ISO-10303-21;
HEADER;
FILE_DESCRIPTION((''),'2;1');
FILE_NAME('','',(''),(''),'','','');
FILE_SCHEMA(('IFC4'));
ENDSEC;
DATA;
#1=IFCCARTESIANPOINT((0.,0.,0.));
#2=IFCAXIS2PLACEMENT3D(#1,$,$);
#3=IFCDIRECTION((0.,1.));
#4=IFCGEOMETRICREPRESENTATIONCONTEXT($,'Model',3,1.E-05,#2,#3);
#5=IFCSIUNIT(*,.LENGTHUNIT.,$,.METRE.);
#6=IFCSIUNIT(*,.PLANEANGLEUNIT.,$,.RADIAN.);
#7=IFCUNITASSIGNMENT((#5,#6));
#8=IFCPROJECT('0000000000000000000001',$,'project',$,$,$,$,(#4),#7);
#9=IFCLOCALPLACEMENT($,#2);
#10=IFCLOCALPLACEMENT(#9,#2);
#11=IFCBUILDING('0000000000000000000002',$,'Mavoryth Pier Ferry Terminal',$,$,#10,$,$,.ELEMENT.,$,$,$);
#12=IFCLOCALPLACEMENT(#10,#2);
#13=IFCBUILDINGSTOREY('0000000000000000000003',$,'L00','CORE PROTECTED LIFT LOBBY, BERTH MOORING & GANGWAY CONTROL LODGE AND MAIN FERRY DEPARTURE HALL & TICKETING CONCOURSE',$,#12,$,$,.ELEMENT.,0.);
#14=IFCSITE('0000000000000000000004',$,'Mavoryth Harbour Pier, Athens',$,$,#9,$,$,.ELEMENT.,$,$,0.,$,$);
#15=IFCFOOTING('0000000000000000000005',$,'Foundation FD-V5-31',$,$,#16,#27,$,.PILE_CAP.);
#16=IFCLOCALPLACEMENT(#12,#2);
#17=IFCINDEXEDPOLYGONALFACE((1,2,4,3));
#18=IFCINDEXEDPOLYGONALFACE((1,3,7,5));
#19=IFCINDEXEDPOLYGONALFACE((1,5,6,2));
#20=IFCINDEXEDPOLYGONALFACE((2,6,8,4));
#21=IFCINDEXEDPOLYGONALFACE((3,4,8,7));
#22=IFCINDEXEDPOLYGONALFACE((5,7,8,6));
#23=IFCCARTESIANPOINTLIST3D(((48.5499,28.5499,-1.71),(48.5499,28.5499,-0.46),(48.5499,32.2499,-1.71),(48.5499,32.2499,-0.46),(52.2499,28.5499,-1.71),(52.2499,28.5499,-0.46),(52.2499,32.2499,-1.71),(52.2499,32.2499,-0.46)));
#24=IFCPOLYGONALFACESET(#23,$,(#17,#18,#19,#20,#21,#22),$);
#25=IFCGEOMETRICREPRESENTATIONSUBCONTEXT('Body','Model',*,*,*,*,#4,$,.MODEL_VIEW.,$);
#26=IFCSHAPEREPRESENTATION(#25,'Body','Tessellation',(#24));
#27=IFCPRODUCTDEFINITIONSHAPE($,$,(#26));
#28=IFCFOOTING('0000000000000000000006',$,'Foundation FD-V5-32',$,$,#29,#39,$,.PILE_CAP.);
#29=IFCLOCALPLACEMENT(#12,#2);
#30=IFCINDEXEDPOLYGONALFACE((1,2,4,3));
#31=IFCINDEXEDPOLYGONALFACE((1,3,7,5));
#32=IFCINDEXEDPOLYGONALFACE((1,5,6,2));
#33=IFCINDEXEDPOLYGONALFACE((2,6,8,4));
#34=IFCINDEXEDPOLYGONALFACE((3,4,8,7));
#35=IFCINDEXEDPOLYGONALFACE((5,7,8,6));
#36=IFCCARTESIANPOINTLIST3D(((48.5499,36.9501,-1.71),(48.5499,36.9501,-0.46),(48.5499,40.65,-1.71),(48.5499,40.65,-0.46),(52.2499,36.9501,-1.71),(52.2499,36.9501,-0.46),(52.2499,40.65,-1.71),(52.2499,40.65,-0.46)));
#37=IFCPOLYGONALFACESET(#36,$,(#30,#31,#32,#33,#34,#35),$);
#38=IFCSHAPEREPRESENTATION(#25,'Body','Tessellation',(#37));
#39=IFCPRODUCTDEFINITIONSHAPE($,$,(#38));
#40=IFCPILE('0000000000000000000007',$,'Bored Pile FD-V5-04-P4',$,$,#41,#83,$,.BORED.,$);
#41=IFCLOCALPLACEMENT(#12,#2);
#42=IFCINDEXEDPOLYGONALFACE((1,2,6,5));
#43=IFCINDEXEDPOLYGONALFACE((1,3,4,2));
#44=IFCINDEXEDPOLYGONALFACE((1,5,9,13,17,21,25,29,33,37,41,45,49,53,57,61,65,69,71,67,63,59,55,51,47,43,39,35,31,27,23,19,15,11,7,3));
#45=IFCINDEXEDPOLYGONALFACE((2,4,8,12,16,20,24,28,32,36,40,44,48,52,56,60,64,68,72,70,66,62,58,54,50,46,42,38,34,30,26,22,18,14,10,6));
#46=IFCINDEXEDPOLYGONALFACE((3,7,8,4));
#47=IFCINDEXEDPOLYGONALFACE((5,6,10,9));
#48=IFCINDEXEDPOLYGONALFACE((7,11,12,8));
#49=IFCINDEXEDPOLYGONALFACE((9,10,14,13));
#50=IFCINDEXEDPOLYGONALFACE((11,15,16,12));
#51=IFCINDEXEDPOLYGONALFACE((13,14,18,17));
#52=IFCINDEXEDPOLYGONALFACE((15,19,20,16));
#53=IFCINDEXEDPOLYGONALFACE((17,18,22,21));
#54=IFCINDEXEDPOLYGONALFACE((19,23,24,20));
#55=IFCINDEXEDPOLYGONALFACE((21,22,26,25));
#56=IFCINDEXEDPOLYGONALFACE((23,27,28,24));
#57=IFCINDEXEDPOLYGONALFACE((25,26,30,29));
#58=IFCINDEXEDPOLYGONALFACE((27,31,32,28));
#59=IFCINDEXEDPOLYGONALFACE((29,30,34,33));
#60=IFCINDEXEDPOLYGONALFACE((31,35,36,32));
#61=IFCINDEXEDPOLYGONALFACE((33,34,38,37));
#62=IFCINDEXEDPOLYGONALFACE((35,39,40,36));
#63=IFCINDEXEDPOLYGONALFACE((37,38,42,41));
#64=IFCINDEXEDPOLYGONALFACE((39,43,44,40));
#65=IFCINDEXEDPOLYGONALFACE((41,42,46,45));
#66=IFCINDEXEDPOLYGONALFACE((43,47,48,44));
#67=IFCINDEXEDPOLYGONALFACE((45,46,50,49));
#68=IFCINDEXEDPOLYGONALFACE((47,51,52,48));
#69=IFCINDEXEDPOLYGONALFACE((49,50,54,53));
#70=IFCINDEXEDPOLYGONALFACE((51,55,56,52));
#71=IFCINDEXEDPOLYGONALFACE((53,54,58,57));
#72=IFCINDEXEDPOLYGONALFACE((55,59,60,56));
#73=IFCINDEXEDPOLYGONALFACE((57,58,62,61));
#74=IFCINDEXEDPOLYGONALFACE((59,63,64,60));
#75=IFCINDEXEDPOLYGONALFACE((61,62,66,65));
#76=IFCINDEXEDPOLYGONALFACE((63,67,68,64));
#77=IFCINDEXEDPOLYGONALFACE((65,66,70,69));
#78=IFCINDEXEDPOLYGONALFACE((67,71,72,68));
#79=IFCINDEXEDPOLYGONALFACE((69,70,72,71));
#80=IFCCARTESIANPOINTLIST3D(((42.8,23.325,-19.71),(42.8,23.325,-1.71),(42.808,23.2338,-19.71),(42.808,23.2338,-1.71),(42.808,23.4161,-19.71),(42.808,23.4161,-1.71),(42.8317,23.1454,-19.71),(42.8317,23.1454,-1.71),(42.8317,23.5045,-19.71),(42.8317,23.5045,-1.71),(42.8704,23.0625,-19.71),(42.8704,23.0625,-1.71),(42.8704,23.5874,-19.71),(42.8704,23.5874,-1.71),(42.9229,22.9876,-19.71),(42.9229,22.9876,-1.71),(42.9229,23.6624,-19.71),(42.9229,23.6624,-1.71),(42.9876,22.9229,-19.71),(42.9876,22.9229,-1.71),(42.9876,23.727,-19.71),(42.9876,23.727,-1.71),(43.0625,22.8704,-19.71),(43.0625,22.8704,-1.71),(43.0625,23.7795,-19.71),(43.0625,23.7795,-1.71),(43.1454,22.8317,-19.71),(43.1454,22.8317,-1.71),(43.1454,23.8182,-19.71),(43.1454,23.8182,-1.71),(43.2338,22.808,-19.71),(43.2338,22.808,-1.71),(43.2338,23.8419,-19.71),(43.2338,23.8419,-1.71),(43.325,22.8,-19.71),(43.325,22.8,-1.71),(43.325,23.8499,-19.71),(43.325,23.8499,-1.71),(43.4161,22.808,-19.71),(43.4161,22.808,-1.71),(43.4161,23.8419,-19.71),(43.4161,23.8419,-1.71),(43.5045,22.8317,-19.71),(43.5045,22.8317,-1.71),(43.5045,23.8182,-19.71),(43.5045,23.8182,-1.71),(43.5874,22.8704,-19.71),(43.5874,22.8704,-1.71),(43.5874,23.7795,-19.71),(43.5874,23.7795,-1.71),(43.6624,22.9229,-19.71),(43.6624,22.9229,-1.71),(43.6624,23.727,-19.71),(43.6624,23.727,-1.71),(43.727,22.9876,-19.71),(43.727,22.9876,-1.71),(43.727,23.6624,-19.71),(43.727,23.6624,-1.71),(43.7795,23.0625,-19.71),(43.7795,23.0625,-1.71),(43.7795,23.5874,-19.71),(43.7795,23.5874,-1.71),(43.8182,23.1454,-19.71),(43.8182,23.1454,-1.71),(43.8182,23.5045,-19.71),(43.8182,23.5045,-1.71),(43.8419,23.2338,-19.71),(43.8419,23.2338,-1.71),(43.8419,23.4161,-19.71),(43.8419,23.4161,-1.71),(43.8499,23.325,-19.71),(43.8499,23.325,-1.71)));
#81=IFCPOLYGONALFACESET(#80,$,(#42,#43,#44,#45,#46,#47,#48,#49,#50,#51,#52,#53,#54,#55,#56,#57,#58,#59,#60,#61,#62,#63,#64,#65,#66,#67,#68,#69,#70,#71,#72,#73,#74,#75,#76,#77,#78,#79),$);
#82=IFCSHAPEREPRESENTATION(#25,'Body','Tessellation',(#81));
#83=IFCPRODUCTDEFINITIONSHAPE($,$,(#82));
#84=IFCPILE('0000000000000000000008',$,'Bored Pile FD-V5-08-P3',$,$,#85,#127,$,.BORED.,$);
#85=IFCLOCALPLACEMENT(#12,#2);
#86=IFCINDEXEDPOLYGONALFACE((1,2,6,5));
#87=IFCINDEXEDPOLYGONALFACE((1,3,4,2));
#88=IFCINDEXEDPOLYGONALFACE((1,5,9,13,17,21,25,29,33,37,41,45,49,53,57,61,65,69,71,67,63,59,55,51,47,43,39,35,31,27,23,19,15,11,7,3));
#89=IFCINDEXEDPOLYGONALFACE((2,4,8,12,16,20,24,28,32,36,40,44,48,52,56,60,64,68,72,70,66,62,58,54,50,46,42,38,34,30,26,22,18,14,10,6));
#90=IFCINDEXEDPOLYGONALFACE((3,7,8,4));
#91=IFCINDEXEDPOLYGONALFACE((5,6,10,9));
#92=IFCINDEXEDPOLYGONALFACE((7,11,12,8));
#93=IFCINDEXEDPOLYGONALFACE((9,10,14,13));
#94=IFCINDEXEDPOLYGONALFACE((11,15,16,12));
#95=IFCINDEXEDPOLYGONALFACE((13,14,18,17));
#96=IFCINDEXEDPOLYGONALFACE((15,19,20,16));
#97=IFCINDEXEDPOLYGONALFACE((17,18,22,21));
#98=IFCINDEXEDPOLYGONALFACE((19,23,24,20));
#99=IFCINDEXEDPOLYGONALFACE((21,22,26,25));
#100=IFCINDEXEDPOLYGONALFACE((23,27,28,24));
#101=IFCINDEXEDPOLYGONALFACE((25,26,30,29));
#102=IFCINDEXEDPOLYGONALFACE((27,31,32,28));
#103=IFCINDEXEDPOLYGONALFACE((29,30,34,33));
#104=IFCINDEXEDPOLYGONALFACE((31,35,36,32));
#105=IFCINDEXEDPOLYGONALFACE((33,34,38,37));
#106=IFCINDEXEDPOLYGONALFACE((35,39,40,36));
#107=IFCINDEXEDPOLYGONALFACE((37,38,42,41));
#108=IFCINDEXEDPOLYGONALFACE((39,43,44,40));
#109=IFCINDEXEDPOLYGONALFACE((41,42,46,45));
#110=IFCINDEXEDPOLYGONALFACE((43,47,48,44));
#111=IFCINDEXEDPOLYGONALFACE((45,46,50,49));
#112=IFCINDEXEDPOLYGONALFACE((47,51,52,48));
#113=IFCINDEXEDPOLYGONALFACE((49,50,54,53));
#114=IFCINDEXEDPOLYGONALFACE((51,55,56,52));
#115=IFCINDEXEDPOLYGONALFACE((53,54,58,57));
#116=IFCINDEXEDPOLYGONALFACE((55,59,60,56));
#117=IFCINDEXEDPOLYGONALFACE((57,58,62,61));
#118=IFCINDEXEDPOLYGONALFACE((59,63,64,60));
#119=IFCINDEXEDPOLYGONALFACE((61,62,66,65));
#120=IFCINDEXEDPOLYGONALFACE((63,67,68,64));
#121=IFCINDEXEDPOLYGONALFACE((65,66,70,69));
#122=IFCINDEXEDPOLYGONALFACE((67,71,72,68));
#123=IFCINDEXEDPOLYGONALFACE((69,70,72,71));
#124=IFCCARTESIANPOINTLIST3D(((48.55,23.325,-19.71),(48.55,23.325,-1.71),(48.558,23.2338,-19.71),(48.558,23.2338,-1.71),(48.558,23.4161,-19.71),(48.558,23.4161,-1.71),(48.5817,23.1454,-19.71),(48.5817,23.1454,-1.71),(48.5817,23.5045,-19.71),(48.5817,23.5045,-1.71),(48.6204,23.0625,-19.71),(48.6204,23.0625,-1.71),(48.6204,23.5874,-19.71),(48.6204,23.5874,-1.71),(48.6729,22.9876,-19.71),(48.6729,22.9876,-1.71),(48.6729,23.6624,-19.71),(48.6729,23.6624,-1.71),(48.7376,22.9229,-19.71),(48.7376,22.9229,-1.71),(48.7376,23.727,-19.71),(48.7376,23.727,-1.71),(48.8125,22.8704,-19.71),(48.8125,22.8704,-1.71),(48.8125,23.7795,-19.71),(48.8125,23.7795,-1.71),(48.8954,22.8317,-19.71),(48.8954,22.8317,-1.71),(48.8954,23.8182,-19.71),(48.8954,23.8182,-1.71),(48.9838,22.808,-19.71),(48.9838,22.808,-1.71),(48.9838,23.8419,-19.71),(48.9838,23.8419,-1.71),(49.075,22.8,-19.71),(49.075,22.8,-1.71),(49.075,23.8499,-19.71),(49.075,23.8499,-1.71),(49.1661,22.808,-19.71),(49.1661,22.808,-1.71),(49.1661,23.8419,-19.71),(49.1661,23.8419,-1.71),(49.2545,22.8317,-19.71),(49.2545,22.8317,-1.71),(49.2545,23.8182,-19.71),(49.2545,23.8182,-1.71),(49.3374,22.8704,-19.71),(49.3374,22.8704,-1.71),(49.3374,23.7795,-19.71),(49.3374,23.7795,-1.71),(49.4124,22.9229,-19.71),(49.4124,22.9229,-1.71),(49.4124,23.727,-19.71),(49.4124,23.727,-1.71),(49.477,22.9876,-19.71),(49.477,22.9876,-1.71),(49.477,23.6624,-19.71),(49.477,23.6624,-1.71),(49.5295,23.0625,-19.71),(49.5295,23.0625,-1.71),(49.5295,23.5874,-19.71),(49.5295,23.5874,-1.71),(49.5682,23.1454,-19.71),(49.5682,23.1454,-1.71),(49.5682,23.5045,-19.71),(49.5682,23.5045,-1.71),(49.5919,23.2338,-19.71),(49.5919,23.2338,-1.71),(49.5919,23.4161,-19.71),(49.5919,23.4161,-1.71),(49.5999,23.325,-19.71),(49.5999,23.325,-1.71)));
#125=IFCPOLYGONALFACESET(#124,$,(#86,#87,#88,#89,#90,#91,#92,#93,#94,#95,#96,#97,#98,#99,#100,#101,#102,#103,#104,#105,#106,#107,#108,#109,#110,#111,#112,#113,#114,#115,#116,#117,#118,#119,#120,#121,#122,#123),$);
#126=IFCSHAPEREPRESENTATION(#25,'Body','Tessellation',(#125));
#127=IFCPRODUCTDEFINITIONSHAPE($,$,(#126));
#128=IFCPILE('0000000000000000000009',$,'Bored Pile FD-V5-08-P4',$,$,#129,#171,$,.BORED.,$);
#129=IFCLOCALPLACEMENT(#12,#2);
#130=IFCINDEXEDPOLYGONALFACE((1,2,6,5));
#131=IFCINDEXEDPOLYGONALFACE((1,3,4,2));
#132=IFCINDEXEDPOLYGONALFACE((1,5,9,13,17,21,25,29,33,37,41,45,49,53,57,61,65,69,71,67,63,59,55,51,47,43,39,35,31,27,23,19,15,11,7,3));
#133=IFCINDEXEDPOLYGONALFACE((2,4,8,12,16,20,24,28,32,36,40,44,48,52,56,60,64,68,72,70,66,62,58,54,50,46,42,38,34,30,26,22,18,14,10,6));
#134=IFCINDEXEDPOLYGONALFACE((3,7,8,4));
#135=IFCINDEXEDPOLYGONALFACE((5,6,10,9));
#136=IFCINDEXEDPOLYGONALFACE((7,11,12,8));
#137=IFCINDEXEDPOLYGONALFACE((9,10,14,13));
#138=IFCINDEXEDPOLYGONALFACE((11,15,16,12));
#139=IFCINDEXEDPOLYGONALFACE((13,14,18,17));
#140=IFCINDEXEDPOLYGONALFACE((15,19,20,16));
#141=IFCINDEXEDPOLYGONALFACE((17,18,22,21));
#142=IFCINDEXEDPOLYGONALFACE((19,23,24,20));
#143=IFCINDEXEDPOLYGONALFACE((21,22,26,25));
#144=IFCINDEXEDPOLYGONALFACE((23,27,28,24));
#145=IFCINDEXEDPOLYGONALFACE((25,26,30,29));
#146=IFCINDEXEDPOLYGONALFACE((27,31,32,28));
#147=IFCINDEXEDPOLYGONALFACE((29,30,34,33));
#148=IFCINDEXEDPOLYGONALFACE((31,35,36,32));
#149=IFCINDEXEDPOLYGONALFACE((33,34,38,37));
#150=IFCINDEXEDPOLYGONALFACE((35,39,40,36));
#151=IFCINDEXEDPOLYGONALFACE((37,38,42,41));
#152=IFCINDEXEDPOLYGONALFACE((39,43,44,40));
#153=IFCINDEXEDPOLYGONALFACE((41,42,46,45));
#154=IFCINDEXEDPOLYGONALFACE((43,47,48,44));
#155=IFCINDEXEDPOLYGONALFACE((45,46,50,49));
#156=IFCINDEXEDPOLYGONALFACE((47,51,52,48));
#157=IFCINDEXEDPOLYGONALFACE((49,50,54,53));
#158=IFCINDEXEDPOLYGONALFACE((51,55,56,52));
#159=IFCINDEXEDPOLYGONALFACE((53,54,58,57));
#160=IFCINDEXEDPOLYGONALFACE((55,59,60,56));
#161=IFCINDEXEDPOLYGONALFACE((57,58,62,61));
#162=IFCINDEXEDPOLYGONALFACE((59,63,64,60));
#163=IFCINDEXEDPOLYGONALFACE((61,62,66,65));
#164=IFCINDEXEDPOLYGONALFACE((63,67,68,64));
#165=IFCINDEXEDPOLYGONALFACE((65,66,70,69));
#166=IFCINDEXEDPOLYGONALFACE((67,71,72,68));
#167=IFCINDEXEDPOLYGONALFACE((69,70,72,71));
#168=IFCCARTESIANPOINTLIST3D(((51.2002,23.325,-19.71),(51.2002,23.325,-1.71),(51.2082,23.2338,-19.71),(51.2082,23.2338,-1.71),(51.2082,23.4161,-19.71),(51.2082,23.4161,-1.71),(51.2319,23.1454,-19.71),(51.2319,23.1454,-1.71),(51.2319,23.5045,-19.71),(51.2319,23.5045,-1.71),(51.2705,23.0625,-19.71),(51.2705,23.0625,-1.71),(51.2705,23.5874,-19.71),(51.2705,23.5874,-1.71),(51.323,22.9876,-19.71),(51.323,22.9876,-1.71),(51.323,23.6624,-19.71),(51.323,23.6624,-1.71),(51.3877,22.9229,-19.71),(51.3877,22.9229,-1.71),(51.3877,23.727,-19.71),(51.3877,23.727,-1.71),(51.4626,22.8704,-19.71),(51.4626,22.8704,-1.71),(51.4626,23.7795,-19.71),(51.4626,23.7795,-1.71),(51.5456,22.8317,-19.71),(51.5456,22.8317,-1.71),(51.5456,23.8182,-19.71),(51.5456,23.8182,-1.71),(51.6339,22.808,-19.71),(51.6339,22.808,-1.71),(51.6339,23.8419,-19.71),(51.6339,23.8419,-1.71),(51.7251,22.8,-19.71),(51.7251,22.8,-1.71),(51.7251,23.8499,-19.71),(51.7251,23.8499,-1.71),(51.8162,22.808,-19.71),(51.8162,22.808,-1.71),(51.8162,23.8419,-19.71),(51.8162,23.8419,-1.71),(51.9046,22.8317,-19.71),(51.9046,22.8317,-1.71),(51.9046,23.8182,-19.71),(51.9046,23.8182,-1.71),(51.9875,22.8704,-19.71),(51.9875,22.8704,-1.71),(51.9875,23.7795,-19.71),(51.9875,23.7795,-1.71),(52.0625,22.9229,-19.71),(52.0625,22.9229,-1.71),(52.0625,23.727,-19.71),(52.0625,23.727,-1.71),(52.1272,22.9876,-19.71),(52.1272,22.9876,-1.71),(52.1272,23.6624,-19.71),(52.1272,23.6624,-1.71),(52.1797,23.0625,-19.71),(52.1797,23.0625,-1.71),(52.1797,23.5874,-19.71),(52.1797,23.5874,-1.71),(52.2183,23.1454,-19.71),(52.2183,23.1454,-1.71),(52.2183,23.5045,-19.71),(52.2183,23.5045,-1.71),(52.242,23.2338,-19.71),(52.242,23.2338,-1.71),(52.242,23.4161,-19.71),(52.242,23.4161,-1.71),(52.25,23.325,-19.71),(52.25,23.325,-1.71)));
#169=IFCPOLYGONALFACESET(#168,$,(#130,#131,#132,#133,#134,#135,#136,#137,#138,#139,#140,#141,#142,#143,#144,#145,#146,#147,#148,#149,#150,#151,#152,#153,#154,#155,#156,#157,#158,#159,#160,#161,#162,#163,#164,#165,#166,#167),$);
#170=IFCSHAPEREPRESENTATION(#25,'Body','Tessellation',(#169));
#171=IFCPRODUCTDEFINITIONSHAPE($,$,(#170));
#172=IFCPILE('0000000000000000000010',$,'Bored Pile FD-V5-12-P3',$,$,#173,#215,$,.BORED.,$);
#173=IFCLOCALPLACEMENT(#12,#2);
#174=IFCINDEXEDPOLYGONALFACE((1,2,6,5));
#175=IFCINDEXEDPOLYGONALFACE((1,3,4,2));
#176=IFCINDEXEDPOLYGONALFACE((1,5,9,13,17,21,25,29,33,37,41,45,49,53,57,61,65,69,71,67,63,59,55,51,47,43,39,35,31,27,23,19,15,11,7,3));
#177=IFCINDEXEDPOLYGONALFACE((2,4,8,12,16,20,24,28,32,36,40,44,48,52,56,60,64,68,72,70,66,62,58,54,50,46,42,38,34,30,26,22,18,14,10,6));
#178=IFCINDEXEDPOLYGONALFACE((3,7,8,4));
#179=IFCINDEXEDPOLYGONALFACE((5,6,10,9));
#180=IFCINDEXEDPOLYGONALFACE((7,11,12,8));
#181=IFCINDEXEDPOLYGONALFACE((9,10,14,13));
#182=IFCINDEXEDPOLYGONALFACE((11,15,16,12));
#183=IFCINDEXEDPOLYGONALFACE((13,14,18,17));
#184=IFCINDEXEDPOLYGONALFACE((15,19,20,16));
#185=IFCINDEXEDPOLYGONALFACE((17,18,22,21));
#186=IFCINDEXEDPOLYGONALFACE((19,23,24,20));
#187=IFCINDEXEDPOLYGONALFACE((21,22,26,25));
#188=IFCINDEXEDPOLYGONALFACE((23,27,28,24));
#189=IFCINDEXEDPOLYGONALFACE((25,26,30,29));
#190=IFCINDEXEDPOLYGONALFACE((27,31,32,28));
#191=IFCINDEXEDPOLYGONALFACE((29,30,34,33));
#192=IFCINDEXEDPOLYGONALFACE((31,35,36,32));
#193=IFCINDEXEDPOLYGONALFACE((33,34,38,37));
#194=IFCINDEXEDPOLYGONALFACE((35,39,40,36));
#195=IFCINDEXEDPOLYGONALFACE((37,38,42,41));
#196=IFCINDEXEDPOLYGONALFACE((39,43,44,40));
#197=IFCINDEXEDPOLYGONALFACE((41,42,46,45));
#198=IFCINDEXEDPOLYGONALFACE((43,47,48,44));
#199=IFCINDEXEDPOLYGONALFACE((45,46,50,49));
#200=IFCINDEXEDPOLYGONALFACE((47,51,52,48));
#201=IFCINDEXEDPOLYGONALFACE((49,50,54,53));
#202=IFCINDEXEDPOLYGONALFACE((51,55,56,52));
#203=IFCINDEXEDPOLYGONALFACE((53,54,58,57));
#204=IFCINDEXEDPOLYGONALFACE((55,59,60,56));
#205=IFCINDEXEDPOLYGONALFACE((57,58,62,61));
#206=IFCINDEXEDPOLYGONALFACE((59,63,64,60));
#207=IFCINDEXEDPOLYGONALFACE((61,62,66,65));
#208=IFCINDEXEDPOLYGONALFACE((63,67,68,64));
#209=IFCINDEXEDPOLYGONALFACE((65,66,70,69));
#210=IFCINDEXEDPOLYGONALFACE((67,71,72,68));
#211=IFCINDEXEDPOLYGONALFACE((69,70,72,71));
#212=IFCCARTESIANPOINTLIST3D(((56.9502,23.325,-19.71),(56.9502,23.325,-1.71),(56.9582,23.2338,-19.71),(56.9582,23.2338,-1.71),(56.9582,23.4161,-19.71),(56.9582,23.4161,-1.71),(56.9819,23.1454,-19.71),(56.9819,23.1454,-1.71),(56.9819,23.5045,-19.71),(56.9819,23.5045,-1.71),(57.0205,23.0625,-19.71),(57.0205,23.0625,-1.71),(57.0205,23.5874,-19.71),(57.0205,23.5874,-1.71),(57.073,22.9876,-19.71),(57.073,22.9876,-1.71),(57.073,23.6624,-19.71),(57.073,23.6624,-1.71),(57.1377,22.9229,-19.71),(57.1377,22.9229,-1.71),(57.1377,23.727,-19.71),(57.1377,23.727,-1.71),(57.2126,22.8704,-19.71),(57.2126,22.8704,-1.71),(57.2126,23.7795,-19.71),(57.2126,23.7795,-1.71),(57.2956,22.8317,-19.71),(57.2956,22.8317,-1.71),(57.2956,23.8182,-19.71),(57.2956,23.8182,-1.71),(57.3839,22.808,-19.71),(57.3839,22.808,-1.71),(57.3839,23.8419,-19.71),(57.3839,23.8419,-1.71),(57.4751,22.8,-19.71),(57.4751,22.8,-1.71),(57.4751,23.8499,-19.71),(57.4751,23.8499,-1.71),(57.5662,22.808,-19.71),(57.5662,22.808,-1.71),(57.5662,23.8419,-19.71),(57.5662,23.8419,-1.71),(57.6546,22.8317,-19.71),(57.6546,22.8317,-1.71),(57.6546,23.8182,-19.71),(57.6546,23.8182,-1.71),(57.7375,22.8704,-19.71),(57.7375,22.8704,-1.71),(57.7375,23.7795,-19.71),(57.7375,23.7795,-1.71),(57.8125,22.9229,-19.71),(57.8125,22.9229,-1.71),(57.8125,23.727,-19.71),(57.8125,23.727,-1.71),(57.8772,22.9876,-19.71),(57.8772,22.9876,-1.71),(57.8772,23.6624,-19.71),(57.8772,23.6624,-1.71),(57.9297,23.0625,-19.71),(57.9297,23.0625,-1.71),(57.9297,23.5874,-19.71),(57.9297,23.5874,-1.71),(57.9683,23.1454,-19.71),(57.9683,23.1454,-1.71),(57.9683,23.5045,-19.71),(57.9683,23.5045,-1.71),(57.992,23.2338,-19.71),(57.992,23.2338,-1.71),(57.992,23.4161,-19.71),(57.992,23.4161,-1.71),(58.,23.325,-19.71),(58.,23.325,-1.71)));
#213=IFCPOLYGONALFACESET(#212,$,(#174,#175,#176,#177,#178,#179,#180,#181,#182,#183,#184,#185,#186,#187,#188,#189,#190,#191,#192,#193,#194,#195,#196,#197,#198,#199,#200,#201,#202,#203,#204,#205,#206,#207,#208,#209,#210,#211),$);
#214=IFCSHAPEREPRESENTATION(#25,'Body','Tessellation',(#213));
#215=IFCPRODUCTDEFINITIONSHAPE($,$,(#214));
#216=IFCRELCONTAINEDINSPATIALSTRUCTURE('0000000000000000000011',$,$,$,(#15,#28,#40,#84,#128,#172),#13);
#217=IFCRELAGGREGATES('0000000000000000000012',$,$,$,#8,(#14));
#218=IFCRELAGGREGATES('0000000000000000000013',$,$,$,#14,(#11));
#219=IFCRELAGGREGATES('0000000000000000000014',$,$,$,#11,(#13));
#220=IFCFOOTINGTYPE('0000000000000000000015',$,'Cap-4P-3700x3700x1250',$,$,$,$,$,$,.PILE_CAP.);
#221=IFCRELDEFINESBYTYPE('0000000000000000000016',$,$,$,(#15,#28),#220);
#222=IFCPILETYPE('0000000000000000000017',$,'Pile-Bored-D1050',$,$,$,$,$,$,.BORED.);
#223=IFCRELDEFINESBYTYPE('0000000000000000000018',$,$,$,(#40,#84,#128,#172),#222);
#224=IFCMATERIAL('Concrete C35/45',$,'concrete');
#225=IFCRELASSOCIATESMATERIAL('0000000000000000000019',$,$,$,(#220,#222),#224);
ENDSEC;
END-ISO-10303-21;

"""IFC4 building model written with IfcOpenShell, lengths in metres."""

from ifc_helpers import new_model, si_unit, direction, frame, origin, origin_2d, place, context, subcontext, project, spatial, rectangle, circle, extrude, material, material_profile, profile_set, type_object, element, save


model = new_model("IFC4")

# Units and contexts
model_context = context("Model", 3, precision=1e-05, world=origin(), true_north=direction((0.0, 1.0)))
body_context = subcontext(model_context, "Body", "Model", "MODEL_VIEW")
ifc_project = project(units=[si_unit("LENGTHUNIT", "METRE"), si_unit("PLANEANGLEUNIT", "RADIAN")], contexts=[model_context])

# Site, building, storey
site_placement = place(None, origin())
site = spatial("IfcSite", under=ifc_project, at=site_placement, Name="Mavoryth Harbour Pier, Athens", CompositionType="ELEMENT", RefElevation=0.0)
building_placement = place(site_placement, origin())
building = spatial("IfcBuilding", under=site, at=building_placement, Name="Mavoryth Pier Ferry Terminal", CompositionType="ELEMENT")
storey_placement = place(building_placement, origin())
storey = spatial("IfcBuildingStorey", under=building, at=storey_placement, Name="L00", Description="CORE PROTECTED LIFT LOBBY, BERTH MOORING & GANGWAY CONTROL LODGE AND MAIN FERRY DEPARTURE HALL & TICKETING CONCOURSE", CompositionType="ELEMENT", Elevation=0.0)

# Footings
ifc_material_1 = material(Name="Concrete C35/45", Category="concrete")
footing_type_1 = type_object("IfcFootingType", Name="Cap-4P-3700x3700x1250", PredefinedType="PILE_CAP", material=ifc_material_1)
for number, where, z_axis, x_axis, name in (
    (1, (50.3999, 30.3999, -1.71), (0.0, 0.0, 1.0), (1.0, 0.0, 0.0), "Foundation FD-V5-31"),
    (2, (50.3999, 38.8, -1.71), (0.0, 0.0, 1.0), (1.0, 0.0, 0.0), "Foundation FD-V5-32"),
):
    element("IfcFooting", number, at=place(storey_placement, frame(where, z_axis=z_axis, x_axis=x_axis)), inside=storey, type_object=footing_type_1, Name=name, PredefinedType="PILE_CAP", context=body_context, shape_type="SweptSolid", body=[
        extrude(rectangle(XDim=3.7, YDim=3.7, at=origin_2d()), origin(), (0.0, 0.0, 1.0), 1.25),
    ])

# Piles
ifc_material_profile_1 = material_profile(ifc_material_1, circle(Radius=0.5249, at=origin_2d()), Name="PILE D1050", Category="concrete")
ifc_profile_set_1 = profile_set([ifc_material_profile_1], Name="Concrete C35/45 - PILE D1050")
pile_type_1 = type_object("IfcPileType", Name="Pile-Bored-D1050", PredefinedType="BORED", material=ifc_profile_set_1)
for number, where, z_axis, x_axis, name in (
    (3, (43.325, 23.325, -1.71), (0.0, 0.0, -1.0), (1.0, 0.0, 0.0), "Bored Pile FD-V5-04-P4"),
    (4, (49.075, 23.325, -1.71), (0.0, 0.0, -1.0), (1.0, 0.0, 0.0), "Bored Pile FD-V5-08-P3"),
    (5, (51.7251, 23.325, -1.71), (0.0, 0.0, -1.0), (1.0, 0.0, 0.0), "Bored Pile FD-V5-08-P4"),
    (6, (57.4751, 23.325, -1.71), (0.0, 0.0, -1.0), (1.0, 0.0, 0.0), "Bored Pile FD-V5-12-P3"),
):
    element("IfcPile", number, at=place(storey_placement, frame(where, z_axis=z_axis, x_axis=x_axis)), inside=storey, type_object=pile_type_1, Name=name, PredefinedType="BORED", context=body_context, shape_type="SweptSolid", body=[
        extrude(circle(Radius=0.5249, at=origin_2d()), origin(), (0.0, 0.0, 1.0), 18.0),
    ])

save(model, "model.ifc")
